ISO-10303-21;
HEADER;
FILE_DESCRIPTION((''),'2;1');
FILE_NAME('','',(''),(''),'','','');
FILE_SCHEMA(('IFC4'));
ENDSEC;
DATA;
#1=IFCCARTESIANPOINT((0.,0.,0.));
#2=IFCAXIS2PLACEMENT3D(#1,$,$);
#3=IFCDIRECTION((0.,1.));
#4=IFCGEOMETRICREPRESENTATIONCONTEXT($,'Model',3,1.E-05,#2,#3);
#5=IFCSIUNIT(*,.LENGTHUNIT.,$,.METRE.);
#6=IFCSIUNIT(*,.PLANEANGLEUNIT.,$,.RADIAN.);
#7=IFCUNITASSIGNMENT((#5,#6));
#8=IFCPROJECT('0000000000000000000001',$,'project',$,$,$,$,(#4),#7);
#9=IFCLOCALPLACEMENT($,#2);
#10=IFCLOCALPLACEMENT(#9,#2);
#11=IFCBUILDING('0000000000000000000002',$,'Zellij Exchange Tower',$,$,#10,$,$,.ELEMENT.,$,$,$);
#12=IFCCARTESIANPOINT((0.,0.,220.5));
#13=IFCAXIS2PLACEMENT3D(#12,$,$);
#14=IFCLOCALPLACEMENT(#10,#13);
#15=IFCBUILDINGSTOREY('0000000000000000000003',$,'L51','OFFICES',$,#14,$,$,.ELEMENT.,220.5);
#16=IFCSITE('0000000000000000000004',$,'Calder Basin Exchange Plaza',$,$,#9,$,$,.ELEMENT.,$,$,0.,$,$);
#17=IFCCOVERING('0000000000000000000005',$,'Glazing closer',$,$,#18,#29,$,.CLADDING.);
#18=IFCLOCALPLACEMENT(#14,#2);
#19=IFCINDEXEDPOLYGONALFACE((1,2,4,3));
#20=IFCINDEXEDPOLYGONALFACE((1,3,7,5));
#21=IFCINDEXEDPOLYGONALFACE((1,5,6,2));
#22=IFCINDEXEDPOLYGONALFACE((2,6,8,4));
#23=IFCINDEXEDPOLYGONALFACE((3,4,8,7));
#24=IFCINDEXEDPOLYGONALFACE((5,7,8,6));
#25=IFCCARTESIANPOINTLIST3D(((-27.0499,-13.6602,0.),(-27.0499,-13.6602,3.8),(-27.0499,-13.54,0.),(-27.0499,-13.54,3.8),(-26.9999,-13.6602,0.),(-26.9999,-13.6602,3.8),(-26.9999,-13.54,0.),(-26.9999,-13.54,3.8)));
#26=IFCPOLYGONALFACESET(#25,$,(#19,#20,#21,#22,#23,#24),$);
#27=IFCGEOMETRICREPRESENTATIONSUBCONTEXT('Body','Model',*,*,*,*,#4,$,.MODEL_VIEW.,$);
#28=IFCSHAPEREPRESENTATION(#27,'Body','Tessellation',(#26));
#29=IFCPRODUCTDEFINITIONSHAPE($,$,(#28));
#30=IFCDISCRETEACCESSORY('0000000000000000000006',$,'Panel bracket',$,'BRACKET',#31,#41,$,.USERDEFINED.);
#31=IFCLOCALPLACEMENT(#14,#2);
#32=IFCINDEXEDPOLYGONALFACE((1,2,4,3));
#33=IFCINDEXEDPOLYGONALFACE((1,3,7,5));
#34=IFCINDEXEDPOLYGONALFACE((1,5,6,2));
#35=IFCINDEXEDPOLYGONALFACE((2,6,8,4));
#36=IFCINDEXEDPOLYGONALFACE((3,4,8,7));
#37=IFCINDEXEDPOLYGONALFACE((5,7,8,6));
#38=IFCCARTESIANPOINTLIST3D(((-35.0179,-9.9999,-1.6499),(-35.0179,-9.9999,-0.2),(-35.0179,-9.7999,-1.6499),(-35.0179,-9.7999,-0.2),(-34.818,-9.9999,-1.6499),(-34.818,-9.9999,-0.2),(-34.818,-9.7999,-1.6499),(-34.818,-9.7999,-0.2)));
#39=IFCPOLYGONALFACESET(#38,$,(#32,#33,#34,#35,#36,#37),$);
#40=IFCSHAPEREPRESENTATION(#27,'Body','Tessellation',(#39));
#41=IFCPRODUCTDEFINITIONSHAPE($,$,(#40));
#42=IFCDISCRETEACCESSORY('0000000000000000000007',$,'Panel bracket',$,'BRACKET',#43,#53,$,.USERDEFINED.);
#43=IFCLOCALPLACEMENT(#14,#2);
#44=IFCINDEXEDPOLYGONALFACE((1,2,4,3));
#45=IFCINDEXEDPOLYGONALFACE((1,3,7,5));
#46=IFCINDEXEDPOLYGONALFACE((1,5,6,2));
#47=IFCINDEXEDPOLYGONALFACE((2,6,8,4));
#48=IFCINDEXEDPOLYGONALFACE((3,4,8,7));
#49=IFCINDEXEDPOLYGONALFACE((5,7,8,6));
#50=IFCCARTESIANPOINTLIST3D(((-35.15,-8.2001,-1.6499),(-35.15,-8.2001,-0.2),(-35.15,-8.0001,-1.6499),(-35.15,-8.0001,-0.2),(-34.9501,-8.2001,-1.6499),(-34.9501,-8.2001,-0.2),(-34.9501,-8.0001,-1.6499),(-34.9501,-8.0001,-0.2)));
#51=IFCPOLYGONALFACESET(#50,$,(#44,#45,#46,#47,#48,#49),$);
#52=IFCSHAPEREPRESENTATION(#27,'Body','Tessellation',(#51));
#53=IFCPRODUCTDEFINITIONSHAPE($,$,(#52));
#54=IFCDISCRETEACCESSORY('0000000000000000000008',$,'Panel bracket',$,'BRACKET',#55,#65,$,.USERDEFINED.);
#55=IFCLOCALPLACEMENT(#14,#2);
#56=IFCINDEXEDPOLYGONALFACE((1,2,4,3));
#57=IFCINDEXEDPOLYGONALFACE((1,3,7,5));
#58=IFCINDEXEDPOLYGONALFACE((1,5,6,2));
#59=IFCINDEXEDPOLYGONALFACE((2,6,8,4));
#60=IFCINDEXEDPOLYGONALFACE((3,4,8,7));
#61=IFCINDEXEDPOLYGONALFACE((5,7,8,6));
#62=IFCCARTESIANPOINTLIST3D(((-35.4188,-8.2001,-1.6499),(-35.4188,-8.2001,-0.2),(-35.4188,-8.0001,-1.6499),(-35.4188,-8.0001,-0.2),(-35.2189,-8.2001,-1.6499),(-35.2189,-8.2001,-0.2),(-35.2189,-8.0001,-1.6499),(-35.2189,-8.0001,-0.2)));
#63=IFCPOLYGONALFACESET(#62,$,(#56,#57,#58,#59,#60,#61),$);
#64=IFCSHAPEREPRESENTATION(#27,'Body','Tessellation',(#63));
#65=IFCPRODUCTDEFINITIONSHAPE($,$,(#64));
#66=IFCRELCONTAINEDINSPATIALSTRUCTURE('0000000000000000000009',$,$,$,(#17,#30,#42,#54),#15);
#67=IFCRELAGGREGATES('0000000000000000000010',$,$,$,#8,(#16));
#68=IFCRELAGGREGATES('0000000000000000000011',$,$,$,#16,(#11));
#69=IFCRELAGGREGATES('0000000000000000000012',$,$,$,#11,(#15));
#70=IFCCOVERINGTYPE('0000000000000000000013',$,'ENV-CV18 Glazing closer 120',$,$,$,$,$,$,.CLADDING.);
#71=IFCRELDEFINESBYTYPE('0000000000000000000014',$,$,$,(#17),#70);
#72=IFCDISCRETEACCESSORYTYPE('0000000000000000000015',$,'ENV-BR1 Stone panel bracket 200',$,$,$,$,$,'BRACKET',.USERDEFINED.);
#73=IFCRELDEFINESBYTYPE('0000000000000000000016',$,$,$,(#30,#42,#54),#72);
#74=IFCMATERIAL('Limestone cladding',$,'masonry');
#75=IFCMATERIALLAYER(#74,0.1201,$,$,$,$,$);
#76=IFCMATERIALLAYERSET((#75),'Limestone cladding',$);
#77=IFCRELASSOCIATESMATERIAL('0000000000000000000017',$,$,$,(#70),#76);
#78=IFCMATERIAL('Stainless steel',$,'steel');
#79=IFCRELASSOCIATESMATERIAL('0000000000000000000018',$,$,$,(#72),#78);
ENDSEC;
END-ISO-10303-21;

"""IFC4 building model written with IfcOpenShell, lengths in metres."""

from ifc_helpers import new_model, si_unit, direction, frame, origin, origin_2d, place, context, subcontext, project, spatial, rectangle, extrude, material, layer, layer_set, type_object, element, save


model = new_model("IFC4")

# Units and contexts
model_context = context("Model", 3, precision=1e-05, world=origin(), true_north=direction((0.0, 1.0)))
body_context = subcontext(model_context, "Body", "Model", "MODEL_VIEW")
ifc_project = project(units=[si_unit("LENGTHUNIT", "METRE"), si_unit("PLANEANGLEUNIT", "RADIAN")], contexts=[model_context])

# Site, building, storey
site_placement = place(None, origin())
site = spatial("IfcSite", under=ifc_project, at=site_placement, Name="Calder Basin Exchange Plaza", CompositionType="ELEMENT", RefElevation=0.0)
building_placement = place(site_placement, origin())
building = spatial("IfcBuilding", under=site, at=building_placement, Name="Zellij Exchange Tower", CompositionType="ELEMENT")
storey_placement = place(building_placement, frame((0.0, 0.0, 220.5)))
storey = spatial("IfcBuildingStorey", under=building, at=storey_placement, Name="L51", Description="OFFICES", CompositionType="ELEMENT", Elevation=220.5)

# Shared definitions
ifc_material_1 = material(Name="Stainless steel", Category="steel")

# Covering
ifc_material_2 = material(Name="Limestone cladding", Category="masonry")
ifc_layer_1 = layer(ifc_material_2, 0.1201)
ifc_layer_set_1 = layer_set([ifc_layer_1], Name="Limestone cladding")
covering_type = type_object("IfcCoveringType", Name="ENV-CV18 Glazing closer 120", PredefinedType="CLADDING", material=ifc_layer_set_1)
covering_placement = place(storey_placement, frame((-27.0249, -13.6001, 0.0), z_axis=(0.0, 0.0, 1.0), x_axis=(1.0, 0.0, 0.0)))
element("IfcCovering", 1, at=covering_placement, inside=storey, type_object=covering_type, Name="Glazing closer", PredefinedType="CLADDING", context=body_context, shape_type="SweptSolid", body=[
    extrude(rectangle(XDim=0.05, YDim=0.1201, at=origin_2d()), origin(), (0.0, 0.0, 1.0), 3.8),
])

# Discrete accessories
discrete_accessory_type = type_object("IfcDiscreteAccessoryType", Name="ENV-BR1 Stone panel bracket 200", ElementType="BRACKET", PredefinedType="USERDEFINED", material=ifc_material_1)
for number, where, z_axis, x_axis, name in (
    (2, (-34.918, -9.8999, -1.6499), (0.0, 0.0, 1.0), (1.0, 0.0, 0.0), "Panel bracket"),
    (3, (-35.05, -8.1001, -1.6499), (0.0, 0.0, 1.0), (1.0, 0.0, 0.0), "Panel bracket"),
    (4, (-35.3188, -8.1001, -1.6499), (0.0, 0.0, 1.0), (1.0, 0.0, 0.0), "Panel bracket"),
):
    element("IfcDiscreteAccessory", number, at=place(storey_placement, frame(where, z_axis=z_axis, x_axis=x_axis)), inside=storey, type_object=discrete_accessory_type, Name=name, ObjectType="BRACKET", PredefinedType="USERDEFINED", context=body_context, shape_type="SweptSolid", body=[
        extrude(rectangle(XDim=0.2, YDim=0.2, at=origin_2d()), origin(), (0.0, 0.0, 1.0), 1.45),
    ])

save(model, "model.ifc")
